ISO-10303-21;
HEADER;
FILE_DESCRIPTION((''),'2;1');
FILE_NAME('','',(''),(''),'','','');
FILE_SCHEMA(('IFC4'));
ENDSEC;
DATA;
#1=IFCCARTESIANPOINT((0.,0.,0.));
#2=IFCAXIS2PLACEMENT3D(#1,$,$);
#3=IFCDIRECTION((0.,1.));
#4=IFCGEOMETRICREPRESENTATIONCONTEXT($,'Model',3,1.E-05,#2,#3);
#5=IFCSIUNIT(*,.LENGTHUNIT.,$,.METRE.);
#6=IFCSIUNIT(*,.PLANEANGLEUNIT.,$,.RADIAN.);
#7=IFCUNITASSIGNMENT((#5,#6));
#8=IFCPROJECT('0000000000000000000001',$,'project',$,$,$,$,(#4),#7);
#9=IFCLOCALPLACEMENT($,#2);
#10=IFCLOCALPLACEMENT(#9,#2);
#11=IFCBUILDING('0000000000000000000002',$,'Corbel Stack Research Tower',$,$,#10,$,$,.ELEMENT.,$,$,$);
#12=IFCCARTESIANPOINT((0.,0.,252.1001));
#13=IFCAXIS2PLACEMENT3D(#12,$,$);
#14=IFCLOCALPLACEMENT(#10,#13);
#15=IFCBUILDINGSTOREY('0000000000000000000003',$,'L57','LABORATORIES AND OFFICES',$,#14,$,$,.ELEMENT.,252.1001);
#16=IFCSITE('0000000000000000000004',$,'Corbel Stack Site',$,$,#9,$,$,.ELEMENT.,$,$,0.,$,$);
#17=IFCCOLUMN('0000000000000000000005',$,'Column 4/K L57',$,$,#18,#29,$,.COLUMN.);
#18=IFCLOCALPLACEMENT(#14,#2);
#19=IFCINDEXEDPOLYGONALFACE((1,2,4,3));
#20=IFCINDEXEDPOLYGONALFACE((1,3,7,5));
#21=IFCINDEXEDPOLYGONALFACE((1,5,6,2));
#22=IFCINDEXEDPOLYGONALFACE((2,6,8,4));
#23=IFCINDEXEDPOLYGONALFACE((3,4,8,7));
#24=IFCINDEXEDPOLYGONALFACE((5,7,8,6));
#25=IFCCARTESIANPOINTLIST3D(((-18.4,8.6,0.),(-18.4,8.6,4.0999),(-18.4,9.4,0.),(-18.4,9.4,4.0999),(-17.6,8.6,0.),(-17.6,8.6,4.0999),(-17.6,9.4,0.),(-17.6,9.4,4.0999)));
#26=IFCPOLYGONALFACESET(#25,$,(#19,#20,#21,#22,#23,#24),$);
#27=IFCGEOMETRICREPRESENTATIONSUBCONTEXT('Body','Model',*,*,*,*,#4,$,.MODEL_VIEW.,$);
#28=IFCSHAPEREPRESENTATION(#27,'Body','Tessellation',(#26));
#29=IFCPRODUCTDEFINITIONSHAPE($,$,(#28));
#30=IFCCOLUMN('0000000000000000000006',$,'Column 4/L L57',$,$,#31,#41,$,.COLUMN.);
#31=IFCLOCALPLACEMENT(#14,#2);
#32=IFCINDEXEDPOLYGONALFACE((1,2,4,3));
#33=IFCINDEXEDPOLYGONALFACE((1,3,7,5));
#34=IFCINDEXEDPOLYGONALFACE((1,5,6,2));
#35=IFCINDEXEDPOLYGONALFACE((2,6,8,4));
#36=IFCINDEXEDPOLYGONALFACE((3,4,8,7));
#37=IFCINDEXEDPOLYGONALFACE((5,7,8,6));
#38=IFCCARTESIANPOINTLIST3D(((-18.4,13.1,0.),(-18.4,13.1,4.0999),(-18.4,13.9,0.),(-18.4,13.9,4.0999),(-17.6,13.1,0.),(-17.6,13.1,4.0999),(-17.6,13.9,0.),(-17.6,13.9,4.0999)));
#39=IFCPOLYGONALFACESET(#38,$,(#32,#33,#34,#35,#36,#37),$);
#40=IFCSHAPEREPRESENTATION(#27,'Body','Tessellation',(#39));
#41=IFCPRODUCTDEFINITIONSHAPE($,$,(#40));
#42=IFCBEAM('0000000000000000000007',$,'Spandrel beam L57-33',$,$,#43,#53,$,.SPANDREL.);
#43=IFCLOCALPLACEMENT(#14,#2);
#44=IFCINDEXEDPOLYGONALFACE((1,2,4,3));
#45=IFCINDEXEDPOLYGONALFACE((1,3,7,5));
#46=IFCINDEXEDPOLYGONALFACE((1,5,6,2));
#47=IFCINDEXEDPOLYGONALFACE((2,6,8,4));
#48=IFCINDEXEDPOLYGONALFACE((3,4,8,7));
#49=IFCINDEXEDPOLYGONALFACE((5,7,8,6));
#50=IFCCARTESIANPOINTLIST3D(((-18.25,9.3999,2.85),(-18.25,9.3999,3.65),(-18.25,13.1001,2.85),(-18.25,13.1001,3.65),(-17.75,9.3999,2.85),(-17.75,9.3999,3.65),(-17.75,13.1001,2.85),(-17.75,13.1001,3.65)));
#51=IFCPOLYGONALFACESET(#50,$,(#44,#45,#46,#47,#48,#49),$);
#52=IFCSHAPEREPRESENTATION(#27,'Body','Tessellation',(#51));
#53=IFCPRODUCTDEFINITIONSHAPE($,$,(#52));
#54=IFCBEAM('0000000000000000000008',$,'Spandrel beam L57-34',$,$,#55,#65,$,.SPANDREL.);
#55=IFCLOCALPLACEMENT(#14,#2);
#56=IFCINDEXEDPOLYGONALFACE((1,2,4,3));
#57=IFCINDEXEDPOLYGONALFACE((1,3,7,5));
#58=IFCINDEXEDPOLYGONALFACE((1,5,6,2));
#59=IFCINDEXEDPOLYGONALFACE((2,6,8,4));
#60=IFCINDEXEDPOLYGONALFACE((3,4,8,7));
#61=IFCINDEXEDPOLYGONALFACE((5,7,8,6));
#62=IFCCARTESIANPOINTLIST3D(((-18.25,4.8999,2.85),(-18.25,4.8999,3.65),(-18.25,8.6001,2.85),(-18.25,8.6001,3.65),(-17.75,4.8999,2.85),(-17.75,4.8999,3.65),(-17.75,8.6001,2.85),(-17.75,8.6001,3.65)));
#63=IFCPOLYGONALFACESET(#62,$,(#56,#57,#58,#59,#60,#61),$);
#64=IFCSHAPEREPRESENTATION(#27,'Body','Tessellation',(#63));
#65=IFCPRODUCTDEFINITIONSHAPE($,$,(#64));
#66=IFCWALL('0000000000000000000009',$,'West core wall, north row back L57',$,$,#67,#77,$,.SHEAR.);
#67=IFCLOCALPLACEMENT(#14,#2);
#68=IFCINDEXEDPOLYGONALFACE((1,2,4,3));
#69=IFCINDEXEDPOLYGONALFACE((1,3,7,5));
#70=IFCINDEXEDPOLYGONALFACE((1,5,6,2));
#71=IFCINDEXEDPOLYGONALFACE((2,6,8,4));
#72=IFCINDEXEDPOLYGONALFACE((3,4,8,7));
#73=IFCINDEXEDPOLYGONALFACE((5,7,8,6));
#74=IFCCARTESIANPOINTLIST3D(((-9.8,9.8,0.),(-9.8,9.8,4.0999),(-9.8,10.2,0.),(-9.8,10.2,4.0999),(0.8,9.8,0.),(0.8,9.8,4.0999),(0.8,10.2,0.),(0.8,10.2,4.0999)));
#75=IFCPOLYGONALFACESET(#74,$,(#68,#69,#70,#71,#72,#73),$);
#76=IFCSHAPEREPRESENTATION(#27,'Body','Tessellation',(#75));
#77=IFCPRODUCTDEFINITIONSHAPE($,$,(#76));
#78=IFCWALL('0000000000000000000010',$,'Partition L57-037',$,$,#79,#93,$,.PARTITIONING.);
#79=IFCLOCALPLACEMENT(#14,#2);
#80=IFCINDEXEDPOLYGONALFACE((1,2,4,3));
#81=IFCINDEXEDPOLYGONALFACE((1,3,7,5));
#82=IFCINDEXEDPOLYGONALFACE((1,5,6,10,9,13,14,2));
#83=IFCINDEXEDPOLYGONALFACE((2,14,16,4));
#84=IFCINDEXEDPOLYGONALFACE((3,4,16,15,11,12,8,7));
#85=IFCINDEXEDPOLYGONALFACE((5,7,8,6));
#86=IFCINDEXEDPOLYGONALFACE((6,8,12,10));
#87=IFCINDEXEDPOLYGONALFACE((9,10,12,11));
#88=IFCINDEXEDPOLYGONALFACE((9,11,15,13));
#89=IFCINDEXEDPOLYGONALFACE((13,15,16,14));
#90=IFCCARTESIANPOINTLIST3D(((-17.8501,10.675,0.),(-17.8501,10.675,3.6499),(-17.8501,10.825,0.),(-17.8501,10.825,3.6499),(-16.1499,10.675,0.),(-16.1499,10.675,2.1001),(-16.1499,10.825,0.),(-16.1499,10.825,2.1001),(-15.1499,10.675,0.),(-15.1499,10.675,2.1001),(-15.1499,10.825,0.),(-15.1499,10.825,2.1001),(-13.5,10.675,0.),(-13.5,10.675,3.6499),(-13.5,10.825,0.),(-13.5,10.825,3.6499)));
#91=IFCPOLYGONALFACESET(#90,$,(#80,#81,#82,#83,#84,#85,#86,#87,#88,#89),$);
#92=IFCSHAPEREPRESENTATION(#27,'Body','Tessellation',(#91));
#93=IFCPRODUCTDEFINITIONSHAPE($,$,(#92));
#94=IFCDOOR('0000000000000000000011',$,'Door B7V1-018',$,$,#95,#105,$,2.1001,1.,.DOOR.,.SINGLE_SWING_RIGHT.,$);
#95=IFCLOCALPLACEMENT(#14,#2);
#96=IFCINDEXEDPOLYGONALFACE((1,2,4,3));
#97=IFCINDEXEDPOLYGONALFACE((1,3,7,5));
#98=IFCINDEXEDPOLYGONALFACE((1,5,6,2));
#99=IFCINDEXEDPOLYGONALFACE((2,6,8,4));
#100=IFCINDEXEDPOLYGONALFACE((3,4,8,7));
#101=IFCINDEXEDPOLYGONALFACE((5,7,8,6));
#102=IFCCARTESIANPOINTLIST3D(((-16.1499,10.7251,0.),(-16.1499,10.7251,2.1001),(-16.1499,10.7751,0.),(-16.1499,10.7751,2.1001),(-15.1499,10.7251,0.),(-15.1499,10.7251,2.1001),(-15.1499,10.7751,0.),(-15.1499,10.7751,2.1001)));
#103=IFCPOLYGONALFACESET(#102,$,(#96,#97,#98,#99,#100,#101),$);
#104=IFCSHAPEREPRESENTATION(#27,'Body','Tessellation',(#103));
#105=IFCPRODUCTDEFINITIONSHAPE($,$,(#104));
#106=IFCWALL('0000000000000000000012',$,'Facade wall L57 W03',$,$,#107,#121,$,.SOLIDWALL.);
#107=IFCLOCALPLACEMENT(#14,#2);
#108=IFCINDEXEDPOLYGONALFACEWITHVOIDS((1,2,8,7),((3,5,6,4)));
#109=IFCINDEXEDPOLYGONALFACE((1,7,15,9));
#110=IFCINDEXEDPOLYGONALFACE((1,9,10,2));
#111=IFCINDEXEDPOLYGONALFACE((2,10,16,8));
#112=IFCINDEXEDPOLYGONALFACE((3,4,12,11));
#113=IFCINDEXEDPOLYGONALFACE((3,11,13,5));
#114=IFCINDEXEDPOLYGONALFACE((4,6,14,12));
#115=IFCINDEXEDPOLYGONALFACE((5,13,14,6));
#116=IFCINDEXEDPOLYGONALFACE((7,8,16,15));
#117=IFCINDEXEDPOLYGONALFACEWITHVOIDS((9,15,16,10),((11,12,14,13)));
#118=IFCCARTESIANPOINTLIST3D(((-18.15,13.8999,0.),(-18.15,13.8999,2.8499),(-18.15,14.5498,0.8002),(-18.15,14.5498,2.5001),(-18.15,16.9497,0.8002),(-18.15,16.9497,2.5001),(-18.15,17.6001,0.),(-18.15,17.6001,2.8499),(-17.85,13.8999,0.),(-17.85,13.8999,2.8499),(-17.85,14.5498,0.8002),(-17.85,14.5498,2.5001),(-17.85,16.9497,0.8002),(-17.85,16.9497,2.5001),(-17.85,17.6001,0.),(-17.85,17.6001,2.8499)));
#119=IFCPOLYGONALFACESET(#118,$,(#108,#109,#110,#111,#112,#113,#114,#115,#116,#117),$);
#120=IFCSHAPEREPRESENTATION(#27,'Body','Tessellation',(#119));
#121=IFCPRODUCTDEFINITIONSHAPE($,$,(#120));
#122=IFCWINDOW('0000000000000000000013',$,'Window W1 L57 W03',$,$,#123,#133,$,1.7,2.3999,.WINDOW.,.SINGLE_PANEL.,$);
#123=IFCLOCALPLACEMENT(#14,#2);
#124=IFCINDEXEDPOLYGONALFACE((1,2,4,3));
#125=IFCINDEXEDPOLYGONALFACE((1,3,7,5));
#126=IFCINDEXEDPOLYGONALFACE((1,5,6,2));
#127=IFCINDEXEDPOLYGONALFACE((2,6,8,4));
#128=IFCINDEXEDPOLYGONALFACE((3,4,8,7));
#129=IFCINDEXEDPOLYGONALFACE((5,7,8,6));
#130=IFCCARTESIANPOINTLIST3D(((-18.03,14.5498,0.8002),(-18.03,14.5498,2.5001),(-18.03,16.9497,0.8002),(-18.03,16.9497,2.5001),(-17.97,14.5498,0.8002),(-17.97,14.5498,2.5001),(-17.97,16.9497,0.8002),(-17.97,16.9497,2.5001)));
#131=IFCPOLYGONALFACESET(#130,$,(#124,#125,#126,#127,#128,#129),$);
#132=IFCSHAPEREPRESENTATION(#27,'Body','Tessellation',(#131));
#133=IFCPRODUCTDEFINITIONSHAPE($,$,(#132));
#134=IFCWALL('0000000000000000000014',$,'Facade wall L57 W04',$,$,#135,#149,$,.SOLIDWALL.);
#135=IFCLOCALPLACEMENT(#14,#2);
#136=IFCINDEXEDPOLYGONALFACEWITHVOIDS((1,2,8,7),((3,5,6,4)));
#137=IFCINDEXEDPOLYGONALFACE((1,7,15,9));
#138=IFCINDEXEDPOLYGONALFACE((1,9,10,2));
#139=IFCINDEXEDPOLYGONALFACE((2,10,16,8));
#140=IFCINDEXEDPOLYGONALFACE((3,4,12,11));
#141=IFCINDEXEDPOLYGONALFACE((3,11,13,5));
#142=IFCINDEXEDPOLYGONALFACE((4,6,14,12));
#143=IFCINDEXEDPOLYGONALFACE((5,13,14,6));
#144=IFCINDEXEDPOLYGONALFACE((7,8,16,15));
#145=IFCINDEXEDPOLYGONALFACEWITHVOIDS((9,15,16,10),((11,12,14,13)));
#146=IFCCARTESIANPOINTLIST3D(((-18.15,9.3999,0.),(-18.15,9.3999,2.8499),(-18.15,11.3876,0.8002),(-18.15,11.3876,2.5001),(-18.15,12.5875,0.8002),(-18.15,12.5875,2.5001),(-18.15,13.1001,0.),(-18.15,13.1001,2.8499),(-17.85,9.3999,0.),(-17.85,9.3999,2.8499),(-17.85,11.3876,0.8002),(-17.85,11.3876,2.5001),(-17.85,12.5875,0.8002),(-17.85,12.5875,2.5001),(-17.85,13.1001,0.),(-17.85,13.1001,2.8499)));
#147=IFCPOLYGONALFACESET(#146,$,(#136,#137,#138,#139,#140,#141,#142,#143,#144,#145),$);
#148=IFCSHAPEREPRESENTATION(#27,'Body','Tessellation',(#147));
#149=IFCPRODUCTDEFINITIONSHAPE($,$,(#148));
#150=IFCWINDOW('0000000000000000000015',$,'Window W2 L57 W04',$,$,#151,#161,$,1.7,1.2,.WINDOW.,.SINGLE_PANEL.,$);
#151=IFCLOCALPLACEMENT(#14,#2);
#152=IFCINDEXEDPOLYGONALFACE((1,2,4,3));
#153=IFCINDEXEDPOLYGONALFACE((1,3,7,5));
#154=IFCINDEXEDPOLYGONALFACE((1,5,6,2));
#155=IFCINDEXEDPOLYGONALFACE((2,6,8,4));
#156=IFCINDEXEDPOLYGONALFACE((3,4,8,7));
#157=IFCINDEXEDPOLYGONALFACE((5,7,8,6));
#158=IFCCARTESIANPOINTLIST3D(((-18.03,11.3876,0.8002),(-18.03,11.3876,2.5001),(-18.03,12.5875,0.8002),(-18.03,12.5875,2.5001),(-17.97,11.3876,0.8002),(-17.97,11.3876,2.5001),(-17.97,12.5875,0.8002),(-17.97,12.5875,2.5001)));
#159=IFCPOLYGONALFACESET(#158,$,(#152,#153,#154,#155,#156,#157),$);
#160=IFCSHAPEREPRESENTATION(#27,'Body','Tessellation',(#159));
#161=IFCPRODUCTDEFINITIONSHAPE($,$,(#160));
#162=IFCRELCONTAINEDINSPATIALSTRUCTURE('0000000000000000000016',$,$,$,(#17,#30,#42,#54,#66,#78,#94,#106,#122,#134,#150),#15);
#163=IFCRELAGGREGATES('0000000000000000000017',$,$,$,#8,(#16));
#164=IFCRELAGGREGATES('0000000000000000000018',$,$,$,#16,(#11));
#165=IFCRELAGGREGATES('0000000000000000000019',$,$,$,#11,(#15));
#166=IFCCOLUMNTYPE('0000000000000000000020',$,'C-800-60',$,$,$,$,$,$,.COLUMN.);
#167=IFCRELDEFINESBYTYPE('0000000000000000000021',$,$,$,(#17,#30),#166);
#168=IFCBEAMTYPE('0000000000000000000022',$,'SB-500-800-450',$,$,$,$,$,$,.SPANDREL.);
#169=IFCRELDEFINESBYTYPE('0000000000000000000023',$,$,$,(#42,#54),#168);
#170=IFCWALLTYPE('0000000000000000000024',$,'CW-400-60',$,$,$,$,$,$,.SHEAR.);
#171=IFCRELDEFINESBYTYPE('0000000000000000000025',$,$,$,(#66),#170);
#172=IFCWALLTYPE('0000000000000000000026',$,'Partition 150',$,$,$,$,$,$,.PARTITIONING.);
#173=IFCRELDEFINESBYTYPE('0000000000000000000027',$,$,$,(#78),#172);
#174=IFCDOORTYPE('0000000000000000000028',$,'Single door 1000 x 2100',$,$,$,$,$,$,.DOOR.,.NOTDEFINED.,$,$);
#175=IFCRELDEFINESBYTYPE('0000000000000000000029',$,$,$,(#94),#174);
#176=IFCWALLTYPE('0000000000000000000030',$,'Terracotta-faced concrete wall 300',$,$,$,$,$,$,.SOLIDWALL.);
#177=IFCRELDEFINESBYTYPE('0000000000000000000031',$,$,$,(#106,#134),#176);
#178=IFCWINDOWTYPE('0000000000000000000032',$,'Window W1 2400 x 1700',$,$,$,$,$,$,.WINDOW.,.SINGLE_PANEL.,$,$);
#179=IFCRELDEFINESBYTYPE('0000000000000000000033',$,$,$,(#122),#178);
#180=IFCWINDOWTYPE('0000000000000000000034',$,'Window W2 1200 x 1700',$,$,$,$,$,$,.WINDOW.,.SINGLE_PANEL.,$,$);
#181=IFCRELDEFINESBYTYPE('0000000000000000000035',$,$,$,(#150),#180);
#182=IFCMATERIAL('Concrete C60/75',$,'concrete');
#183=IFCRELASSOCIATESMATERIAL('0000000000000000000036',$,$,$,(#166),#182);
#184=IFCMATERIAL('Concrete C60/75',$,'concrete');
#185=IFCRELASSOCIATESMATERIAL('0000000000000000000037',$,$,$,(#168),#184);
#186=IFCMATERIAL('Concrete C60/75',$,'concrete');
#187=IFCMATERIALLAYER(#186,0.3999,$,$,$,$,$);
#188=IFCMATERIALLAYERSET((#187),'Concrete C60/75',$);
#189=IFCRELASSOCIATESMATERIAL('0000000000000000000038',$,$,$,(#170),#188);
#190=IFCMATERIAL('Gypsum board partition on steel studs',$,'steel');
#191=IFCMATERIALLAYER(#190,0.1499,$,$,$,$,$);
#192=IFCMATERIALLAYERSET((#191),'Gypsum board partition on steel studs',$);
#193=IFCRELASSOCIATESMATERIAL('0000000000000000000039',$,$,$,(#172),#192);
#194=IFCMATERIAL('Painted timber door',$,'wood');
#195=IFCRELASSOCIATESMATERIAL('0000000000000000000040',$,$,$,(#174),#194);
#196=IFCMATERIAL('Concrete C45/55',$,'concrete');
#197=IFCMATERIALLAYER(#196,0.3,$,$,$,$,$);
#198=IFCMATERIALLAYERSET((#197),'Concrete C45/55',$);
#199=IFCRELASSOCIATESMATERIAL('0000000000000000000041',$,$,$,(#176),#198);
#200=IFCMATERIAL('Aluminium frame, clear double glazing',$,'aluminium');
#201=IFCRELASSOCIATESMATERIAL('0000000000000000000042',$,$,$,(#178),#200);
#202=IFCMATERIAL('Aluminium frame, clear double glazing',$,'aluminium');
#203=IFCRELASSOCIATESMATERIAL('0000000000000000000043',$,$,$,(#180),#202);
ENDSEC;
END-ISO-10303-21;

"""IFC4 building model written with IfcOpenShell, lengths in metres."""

from ifc_helpers import new_model, si_unit, direction, frame, frame_2d, origin, origin_2d, place, context, subcontext, project, spatial, rectangle, extrude, material, layer, layer_set, material_profile, profile_set, type_object, element, fill, save


model = new_model("IFC4")

# Units and contexts
model_context = context("Model", 3, precision=1e-05, world=origin(), true_north=direction((0.0, 1.0)))
body_context = subcontext(model_context, "Body", "Model", "MODEL_VIEW")
ifc_project = project(units=[si_unit("LENGTHUNIT", "METRE"), si_unit("PLANEANGLEUNIT", "RADIAN")], contexts=[model_context])

# Site, building, storey
site_placement = place(None, origin())
site = spatial("IfcSite", under=ifc_project, at=site_placement, Name="Corbel Stack Site", CompositionType="ELEMENT", RefElevation=0.0)
building_placement = place(site_placement, origin())
building = spatial("IfcBuilding", under=site, at=building_placement, Name="Corbel Stack Research Tower", CompositionType="ELEMENT")
storey_placement = place(building_placement, frame((0.0, 0.0, 252.1001)))
storey = spatial("IfcBuildingStorey", under=building, at=storey_placement, Name="L57", Description="LABORATORIES AND OFFICES", CompositionType="ELEMENT", Elevation=252.1001)

# Columns
ifc_material_1 = material(Name="Concrete C60/75", Category="concrete")
ifc_material_profile_1 = material_profile(ifc_material_1, rectangle(XDim=0.8, YDim=0.8, at=origin_2d()), Name="RC 800 x 800")
ifc_profile_set_1 = profile_set([ifc_material_profile_1], Name="Concrete C60/75")
column_type = type_object("IfcColumnType", Name="C-800-60", PredefinedType="COLUMN", material=ifc_profile_set_1)
for number, where, z_axis, x_axis, name in (
    (1, (-18.0, 9.0, 0.0), (0.0, 0.0, 1.0), (1.0, 0.0, 0.0), "Column 4/K L57"),
    (2, (-18.0, 13.5, 0.0), (0.0, 0.0, 1.0), (1.0, 0.0, 0.0), "Column 4/L L57"),
):
    element("IfcColumn", number, at=place(storey_placement, frame(where, z_axis=z_axis, x_axis=x_axis)), inside=storey, type_object=column_type, Name=name, PredefinedType="COLUMN", context=body_context, shape_type="SweptSolid", body=[
        extrude(rectangle(XDim=0.8, YDim=0.8, at=origin_2d()), origin(), (0.0, 0.0, 1.0), 4.0999),
    ])

# Beams
ifc_material_2 = material(Name="Concrete C60/75", Category="concrete")
ifc_material_profile_2 = material_profile(ifc_material_2, rectangle(XDim=0.5, YDim=0.8, at=origin_2d()), Name="RC 500 x 800")
ifc_profile_set_2 = profile_set([ifc_material_profile_2], Name="Concrete C60/75")
beam_type = type_object("IfcBeamType", Name="SB-500-800-450", PredefinedType="SPANDREL", material=ifc_profile_set_2)
for number, where, z_axis, x_axis, name in (
    (3, (-18.0, 13.1001, 3.25), (0.0, -1.0, 0.0), (1.0, 0.0, 0.0), "Spandrel beam L57-33"),
    (4, (-18.0, 8.6001, 3.25), (0.0, -1.0, 0.0), (1.0, 0.0, 0.0), "Spandrel beam L57-34"),
):
    element("IfcBeam", number, at=place(storey_placement, frame(where, z_axis=z_axis, x_axis=x_axis)), inside=storey, type_object=beam_type, Name=name, PredefinedType="SPANDREL", context=body_context, shape_type="SweptSolid", body=[
        extrude(rectangle(XDim=0.5, YDim=0.8, at=origin_2d()), origin(), (0.0, 0.0, 1.0), 3.7002),
    ])

# Wall
ifc_material_3 = material(Name="Concrete C60/75", Category="concrete")
ifc_layer_1 = layer(ifc_material_3, 0.3999)
ifc_layer_set_1 = layer_set([ifc_layer_1], Name="Concrete C60/75")
wall_type_1 = type_object("IfcWallType", Name="CW-400-60", PredefinedType="SHEAR", material=ifc_layer_set_1)
wall_1_placement = place(storey_placement, frame((-9.8, 10.0, 0.0), z_axis=(0.0, 0.0, 1.0), x_axis=(1.0, 0.0, 0.0)))
element("IfcWall", 5, at=wall_1_placement, inside=storey, type_object=wall_type_1, Name="West core wall, north row back L57", PredefinedType="SHEAR", context=body_context, shape_type="SweptSolid", body=[
    extrude(rectangle(XDim=10.6001, YDim=0.3999, at=frame_2d((5.3, 0.0))), origin(), (0.0, 0.0, 1.0), 4.0999),
])

# Wall, opening, door
ifc_material_4 = material(Name="Gypsum board partition on steel studs", Category="steel")
ifc_layer_2 = layer(ifc_material_4, 0.1499)
ifc_layer_set_2 = layer_set([ifc_layer_2], Name="Gypsum board partition on steel studs")
wall_type_2 = type_object("IfcWallType", Name="Partition 150", PredefinedType="PARTITIONING", material=ifc_layer_set_2)
wall_2_placement = place(storey_placement, frame((-13.5, 10.75, 0.0), z_axis=(0.0, 0.0, 1.0), x_axis=(-1.0, 0.0, 0.0)))
wall_2 = element("IfcWall", 6, at=wall_2_placement, inside=storey, type_object=wall_type_2, Name="Partition L57-037", PredefinedType="PARTITIONING", context=body_context, shape_type="SweptSolid", body=[
    extrude(rectangle(XDim=4.3501, YDim=0.1499, at=frame_2d((2.175, 0.0))), origin(), (0.0, 0.0, 1.0), 3.6499),
])
opening_1_placement = place(wall_2_placement, frame((1.6499, 0.0, 0.0)))
opening_1 = element("IfcOpeningElement", 7, at=opening_1_placement, cuts=wall_2, PredefinedType="OPENING", context=body_context, shape_type="SweptSolid", body=[
    extrude(rectangle(XDim=1.0, YDim=2.1001, at=frame_2d((0.5, 1.05))), frame((0.0, 0.085, 0.0), z_axis=(0.0, -1.0, 0.0), x_axis=(1.0, 0.0, 0.0)), (0.0, 0.0, 1.0), 0.1699),
])
ifc_material_5 = material(Name="Painted timber door", Category="wood")
door_type = type_object("IfcDoorType", Name="Single door 1000 x 2100", OperationType="NOTDEFINED", PredefinedType="DOOR", material=ifc_material_5)
door_placement = place(opening_1_placement, origin())
door = element("IfcDoor", 8, at=door_placement, inside=storey, type_object=door_type, Name="Door B7V1-018", OperationType="SINGLE_SWING_RIGHT", OverallHeight=2.1001, OverallWidth=1.0, PredefinedType="DOOR", context=body_context, shape_type="SweptSolid", body=[
    extrude(rectangle(XDim=1.0, YDim=2.1001, at=frame_2d((0.5, 1.05))), frame((0.0, 0.0249, 0.0), z_axis=(0.0, -1.0, 0.0), x_axis=(1.0, 0.0, 0.0)), (0.0, 0.0, 1.0), 0.05),
])
fill(opening_1, door)

# Walls, openings, windows
ifc_material_6 = material(Name="Concrete C45/55", Category="concrete")
ifc_layer_3 = layer(ifc_material_6, 0.3)
ifc_layer_set_3 = layer_set([ifc_layer_3], Name="Concrete C45/55")
wall_type_3 = type_object("IfcWallType", Name="Terracotta-faced concrete wall 300", PredefinedType="SOLIDWALL", material=ifc_layer_set_3)
wall_3_placement = place(storey_placement, frame((-18.0, 13.8999, 0.0), z_axis=(0.0, 0.0, 1.0), x_axis=(0.0, 1.0, 0.0)))
wall_3 = element("IfcWall", 9, at=wall_3_placement, inside=storey, type_object=wall_type_3, Name="Facade wall L57 W03", PredefinedType="SOLIDWALL", context=body_context, shape_type="SweptSolid", body=[
    extrude(rectangle(XDim=3.7002, YDim=0.3, at=frame_2d((1.8501, 0.0))), origin(), (0.0, 0.0, 1.0), 2.8499),
])
opening_2_placement = place(wall_3_placement, frame((0.6499, 0.0, 0.8)))
opening_2 = element("IfcOpeningElement", 10, at=opening_2_placement, cuts=wall_3, PredefinedType="OPENING", context=body_context, shape_type="SweptSolid", body=[
    extrude(rectangle(XDim=2.3999, YDim=1.7, at=frame_2d((1.2, 0.8501))), frame((0.0, 0.1599, 0.0), z_axis=(0.0, -1.0, 0.0), x_axis=(1.0, 0.0, 0.0)), (0.0, 0.0, 1.0), 0.3201),
])
ifc_material_7 = material(Name="Aluminium frame, clear double glazing", Category="aluminium")
window_type_1 = type_object("IfcWindowType", Name="Window W1 2400 x 1700", PartitioningType="SINGLE_PANEL", PredefinedType="WINDOW", material=ifc_material_7)
window_1_placement = place(opening_2_placement, origin())
window_1 = element("IfcWindow", 11, at=window_1_placement, inside=storey, type_object=window_type_1, Name="Window W1 L57 W03", OverallHeight=1.7, OverallWidth=2.3999, PartitioningType="SINGLE_PANEL", PredefinedType="WINDOW", context=body_context, shape_type="SweptSolid", body=[
    extrude(rectangle(XDim=2.3999, YDim=1.7, at=frame_2d((1.2, 0.8501))), frame((0.0, 0.03, 0.0), z_axis=(0.0, -1.0, 0.0), x_axis=(1.0, 0.0, 0.0)), (0.0, 0.0, 1.0), 0.0601),
])
fill(opening_2, window_1)
wall_4_placement = place(storey_placement, frame((-18.0, 9.3999, 0.0), z_axis=(0.0, 0.0, 1.0), x_axis=(0.0, 1.0, 0.0)))
wall_4 = element("IfcWall", 12, at=wall_4_placement, inside=storey, type_object=wall_type_3, Name="Facade wall L57 W04", PredefinedType="SOLIDWALL", context=body_context, shape_type="SweptSolid", body=[
    extrude(rectangle(XDim=3.7002, YDim=0.3, at=frame_2d((1.8501, 0.0))), origin(), (0.0, 0.0, 1.0), 2.8499),
])
opening_3_placement = place(wall_4_placement, frame((1.9875, 0.0, 0.8)))
opening_3 = element("IfcOpeningElement", 13, at=opening_3_placement, cuts=wall_4, PredefinedType="OPENING", context=body_context, shape_type="SweptSolid", body=[
    extrude(rectangle(XDim=1.2, YDim=1.7, at=frame_2d((0.6001, 0.8501))), frame((0.0, 0.1599, 0.0), z_axis=(0.0, -1.0, 0.0), x_axis=(1.0, 0.0, 0.0)), (0.0, 0.0, 1.0), 0.3201),
])
ifc_material_8 = material(Name="Aluminium frame, clear double glazing", Category="aluminium")
window_type_2 = type_object("IfcWindowType", Name="Window W2 1200 x 1700", PartitioningType="SINGLE_PANEL", PredefinedType="WINDOW", material=ifc_material_8)
window_2_placement = place(opening_3_placement, origin())
window_2 = element("IfcWindow", 14, at=window_2_placement, inside=storey, type_object=window_type_2, Name="Window W2 L57 W04", OverallHeight=1.7, OverallWidth=1.2, PartitioningType="SINGLE_PANEL", PredefinedType="WINDOW", context=body_context, shape_type="SweptSolid", body=[
    extrude(rectangle(XDim=1.2, YDim=1.7, at=frame_2d((0.6001, 0.8501))), frame((0.0, 0.03, 0.0), z_axis=(0.0, -1.0, 0.0), x_axis=(1.0, 0.0, 0.0)), (0.0, 0.0, 1.0), 0.0601),
])
fill(opening_3, window_2)

save(model, "model.ifc")
